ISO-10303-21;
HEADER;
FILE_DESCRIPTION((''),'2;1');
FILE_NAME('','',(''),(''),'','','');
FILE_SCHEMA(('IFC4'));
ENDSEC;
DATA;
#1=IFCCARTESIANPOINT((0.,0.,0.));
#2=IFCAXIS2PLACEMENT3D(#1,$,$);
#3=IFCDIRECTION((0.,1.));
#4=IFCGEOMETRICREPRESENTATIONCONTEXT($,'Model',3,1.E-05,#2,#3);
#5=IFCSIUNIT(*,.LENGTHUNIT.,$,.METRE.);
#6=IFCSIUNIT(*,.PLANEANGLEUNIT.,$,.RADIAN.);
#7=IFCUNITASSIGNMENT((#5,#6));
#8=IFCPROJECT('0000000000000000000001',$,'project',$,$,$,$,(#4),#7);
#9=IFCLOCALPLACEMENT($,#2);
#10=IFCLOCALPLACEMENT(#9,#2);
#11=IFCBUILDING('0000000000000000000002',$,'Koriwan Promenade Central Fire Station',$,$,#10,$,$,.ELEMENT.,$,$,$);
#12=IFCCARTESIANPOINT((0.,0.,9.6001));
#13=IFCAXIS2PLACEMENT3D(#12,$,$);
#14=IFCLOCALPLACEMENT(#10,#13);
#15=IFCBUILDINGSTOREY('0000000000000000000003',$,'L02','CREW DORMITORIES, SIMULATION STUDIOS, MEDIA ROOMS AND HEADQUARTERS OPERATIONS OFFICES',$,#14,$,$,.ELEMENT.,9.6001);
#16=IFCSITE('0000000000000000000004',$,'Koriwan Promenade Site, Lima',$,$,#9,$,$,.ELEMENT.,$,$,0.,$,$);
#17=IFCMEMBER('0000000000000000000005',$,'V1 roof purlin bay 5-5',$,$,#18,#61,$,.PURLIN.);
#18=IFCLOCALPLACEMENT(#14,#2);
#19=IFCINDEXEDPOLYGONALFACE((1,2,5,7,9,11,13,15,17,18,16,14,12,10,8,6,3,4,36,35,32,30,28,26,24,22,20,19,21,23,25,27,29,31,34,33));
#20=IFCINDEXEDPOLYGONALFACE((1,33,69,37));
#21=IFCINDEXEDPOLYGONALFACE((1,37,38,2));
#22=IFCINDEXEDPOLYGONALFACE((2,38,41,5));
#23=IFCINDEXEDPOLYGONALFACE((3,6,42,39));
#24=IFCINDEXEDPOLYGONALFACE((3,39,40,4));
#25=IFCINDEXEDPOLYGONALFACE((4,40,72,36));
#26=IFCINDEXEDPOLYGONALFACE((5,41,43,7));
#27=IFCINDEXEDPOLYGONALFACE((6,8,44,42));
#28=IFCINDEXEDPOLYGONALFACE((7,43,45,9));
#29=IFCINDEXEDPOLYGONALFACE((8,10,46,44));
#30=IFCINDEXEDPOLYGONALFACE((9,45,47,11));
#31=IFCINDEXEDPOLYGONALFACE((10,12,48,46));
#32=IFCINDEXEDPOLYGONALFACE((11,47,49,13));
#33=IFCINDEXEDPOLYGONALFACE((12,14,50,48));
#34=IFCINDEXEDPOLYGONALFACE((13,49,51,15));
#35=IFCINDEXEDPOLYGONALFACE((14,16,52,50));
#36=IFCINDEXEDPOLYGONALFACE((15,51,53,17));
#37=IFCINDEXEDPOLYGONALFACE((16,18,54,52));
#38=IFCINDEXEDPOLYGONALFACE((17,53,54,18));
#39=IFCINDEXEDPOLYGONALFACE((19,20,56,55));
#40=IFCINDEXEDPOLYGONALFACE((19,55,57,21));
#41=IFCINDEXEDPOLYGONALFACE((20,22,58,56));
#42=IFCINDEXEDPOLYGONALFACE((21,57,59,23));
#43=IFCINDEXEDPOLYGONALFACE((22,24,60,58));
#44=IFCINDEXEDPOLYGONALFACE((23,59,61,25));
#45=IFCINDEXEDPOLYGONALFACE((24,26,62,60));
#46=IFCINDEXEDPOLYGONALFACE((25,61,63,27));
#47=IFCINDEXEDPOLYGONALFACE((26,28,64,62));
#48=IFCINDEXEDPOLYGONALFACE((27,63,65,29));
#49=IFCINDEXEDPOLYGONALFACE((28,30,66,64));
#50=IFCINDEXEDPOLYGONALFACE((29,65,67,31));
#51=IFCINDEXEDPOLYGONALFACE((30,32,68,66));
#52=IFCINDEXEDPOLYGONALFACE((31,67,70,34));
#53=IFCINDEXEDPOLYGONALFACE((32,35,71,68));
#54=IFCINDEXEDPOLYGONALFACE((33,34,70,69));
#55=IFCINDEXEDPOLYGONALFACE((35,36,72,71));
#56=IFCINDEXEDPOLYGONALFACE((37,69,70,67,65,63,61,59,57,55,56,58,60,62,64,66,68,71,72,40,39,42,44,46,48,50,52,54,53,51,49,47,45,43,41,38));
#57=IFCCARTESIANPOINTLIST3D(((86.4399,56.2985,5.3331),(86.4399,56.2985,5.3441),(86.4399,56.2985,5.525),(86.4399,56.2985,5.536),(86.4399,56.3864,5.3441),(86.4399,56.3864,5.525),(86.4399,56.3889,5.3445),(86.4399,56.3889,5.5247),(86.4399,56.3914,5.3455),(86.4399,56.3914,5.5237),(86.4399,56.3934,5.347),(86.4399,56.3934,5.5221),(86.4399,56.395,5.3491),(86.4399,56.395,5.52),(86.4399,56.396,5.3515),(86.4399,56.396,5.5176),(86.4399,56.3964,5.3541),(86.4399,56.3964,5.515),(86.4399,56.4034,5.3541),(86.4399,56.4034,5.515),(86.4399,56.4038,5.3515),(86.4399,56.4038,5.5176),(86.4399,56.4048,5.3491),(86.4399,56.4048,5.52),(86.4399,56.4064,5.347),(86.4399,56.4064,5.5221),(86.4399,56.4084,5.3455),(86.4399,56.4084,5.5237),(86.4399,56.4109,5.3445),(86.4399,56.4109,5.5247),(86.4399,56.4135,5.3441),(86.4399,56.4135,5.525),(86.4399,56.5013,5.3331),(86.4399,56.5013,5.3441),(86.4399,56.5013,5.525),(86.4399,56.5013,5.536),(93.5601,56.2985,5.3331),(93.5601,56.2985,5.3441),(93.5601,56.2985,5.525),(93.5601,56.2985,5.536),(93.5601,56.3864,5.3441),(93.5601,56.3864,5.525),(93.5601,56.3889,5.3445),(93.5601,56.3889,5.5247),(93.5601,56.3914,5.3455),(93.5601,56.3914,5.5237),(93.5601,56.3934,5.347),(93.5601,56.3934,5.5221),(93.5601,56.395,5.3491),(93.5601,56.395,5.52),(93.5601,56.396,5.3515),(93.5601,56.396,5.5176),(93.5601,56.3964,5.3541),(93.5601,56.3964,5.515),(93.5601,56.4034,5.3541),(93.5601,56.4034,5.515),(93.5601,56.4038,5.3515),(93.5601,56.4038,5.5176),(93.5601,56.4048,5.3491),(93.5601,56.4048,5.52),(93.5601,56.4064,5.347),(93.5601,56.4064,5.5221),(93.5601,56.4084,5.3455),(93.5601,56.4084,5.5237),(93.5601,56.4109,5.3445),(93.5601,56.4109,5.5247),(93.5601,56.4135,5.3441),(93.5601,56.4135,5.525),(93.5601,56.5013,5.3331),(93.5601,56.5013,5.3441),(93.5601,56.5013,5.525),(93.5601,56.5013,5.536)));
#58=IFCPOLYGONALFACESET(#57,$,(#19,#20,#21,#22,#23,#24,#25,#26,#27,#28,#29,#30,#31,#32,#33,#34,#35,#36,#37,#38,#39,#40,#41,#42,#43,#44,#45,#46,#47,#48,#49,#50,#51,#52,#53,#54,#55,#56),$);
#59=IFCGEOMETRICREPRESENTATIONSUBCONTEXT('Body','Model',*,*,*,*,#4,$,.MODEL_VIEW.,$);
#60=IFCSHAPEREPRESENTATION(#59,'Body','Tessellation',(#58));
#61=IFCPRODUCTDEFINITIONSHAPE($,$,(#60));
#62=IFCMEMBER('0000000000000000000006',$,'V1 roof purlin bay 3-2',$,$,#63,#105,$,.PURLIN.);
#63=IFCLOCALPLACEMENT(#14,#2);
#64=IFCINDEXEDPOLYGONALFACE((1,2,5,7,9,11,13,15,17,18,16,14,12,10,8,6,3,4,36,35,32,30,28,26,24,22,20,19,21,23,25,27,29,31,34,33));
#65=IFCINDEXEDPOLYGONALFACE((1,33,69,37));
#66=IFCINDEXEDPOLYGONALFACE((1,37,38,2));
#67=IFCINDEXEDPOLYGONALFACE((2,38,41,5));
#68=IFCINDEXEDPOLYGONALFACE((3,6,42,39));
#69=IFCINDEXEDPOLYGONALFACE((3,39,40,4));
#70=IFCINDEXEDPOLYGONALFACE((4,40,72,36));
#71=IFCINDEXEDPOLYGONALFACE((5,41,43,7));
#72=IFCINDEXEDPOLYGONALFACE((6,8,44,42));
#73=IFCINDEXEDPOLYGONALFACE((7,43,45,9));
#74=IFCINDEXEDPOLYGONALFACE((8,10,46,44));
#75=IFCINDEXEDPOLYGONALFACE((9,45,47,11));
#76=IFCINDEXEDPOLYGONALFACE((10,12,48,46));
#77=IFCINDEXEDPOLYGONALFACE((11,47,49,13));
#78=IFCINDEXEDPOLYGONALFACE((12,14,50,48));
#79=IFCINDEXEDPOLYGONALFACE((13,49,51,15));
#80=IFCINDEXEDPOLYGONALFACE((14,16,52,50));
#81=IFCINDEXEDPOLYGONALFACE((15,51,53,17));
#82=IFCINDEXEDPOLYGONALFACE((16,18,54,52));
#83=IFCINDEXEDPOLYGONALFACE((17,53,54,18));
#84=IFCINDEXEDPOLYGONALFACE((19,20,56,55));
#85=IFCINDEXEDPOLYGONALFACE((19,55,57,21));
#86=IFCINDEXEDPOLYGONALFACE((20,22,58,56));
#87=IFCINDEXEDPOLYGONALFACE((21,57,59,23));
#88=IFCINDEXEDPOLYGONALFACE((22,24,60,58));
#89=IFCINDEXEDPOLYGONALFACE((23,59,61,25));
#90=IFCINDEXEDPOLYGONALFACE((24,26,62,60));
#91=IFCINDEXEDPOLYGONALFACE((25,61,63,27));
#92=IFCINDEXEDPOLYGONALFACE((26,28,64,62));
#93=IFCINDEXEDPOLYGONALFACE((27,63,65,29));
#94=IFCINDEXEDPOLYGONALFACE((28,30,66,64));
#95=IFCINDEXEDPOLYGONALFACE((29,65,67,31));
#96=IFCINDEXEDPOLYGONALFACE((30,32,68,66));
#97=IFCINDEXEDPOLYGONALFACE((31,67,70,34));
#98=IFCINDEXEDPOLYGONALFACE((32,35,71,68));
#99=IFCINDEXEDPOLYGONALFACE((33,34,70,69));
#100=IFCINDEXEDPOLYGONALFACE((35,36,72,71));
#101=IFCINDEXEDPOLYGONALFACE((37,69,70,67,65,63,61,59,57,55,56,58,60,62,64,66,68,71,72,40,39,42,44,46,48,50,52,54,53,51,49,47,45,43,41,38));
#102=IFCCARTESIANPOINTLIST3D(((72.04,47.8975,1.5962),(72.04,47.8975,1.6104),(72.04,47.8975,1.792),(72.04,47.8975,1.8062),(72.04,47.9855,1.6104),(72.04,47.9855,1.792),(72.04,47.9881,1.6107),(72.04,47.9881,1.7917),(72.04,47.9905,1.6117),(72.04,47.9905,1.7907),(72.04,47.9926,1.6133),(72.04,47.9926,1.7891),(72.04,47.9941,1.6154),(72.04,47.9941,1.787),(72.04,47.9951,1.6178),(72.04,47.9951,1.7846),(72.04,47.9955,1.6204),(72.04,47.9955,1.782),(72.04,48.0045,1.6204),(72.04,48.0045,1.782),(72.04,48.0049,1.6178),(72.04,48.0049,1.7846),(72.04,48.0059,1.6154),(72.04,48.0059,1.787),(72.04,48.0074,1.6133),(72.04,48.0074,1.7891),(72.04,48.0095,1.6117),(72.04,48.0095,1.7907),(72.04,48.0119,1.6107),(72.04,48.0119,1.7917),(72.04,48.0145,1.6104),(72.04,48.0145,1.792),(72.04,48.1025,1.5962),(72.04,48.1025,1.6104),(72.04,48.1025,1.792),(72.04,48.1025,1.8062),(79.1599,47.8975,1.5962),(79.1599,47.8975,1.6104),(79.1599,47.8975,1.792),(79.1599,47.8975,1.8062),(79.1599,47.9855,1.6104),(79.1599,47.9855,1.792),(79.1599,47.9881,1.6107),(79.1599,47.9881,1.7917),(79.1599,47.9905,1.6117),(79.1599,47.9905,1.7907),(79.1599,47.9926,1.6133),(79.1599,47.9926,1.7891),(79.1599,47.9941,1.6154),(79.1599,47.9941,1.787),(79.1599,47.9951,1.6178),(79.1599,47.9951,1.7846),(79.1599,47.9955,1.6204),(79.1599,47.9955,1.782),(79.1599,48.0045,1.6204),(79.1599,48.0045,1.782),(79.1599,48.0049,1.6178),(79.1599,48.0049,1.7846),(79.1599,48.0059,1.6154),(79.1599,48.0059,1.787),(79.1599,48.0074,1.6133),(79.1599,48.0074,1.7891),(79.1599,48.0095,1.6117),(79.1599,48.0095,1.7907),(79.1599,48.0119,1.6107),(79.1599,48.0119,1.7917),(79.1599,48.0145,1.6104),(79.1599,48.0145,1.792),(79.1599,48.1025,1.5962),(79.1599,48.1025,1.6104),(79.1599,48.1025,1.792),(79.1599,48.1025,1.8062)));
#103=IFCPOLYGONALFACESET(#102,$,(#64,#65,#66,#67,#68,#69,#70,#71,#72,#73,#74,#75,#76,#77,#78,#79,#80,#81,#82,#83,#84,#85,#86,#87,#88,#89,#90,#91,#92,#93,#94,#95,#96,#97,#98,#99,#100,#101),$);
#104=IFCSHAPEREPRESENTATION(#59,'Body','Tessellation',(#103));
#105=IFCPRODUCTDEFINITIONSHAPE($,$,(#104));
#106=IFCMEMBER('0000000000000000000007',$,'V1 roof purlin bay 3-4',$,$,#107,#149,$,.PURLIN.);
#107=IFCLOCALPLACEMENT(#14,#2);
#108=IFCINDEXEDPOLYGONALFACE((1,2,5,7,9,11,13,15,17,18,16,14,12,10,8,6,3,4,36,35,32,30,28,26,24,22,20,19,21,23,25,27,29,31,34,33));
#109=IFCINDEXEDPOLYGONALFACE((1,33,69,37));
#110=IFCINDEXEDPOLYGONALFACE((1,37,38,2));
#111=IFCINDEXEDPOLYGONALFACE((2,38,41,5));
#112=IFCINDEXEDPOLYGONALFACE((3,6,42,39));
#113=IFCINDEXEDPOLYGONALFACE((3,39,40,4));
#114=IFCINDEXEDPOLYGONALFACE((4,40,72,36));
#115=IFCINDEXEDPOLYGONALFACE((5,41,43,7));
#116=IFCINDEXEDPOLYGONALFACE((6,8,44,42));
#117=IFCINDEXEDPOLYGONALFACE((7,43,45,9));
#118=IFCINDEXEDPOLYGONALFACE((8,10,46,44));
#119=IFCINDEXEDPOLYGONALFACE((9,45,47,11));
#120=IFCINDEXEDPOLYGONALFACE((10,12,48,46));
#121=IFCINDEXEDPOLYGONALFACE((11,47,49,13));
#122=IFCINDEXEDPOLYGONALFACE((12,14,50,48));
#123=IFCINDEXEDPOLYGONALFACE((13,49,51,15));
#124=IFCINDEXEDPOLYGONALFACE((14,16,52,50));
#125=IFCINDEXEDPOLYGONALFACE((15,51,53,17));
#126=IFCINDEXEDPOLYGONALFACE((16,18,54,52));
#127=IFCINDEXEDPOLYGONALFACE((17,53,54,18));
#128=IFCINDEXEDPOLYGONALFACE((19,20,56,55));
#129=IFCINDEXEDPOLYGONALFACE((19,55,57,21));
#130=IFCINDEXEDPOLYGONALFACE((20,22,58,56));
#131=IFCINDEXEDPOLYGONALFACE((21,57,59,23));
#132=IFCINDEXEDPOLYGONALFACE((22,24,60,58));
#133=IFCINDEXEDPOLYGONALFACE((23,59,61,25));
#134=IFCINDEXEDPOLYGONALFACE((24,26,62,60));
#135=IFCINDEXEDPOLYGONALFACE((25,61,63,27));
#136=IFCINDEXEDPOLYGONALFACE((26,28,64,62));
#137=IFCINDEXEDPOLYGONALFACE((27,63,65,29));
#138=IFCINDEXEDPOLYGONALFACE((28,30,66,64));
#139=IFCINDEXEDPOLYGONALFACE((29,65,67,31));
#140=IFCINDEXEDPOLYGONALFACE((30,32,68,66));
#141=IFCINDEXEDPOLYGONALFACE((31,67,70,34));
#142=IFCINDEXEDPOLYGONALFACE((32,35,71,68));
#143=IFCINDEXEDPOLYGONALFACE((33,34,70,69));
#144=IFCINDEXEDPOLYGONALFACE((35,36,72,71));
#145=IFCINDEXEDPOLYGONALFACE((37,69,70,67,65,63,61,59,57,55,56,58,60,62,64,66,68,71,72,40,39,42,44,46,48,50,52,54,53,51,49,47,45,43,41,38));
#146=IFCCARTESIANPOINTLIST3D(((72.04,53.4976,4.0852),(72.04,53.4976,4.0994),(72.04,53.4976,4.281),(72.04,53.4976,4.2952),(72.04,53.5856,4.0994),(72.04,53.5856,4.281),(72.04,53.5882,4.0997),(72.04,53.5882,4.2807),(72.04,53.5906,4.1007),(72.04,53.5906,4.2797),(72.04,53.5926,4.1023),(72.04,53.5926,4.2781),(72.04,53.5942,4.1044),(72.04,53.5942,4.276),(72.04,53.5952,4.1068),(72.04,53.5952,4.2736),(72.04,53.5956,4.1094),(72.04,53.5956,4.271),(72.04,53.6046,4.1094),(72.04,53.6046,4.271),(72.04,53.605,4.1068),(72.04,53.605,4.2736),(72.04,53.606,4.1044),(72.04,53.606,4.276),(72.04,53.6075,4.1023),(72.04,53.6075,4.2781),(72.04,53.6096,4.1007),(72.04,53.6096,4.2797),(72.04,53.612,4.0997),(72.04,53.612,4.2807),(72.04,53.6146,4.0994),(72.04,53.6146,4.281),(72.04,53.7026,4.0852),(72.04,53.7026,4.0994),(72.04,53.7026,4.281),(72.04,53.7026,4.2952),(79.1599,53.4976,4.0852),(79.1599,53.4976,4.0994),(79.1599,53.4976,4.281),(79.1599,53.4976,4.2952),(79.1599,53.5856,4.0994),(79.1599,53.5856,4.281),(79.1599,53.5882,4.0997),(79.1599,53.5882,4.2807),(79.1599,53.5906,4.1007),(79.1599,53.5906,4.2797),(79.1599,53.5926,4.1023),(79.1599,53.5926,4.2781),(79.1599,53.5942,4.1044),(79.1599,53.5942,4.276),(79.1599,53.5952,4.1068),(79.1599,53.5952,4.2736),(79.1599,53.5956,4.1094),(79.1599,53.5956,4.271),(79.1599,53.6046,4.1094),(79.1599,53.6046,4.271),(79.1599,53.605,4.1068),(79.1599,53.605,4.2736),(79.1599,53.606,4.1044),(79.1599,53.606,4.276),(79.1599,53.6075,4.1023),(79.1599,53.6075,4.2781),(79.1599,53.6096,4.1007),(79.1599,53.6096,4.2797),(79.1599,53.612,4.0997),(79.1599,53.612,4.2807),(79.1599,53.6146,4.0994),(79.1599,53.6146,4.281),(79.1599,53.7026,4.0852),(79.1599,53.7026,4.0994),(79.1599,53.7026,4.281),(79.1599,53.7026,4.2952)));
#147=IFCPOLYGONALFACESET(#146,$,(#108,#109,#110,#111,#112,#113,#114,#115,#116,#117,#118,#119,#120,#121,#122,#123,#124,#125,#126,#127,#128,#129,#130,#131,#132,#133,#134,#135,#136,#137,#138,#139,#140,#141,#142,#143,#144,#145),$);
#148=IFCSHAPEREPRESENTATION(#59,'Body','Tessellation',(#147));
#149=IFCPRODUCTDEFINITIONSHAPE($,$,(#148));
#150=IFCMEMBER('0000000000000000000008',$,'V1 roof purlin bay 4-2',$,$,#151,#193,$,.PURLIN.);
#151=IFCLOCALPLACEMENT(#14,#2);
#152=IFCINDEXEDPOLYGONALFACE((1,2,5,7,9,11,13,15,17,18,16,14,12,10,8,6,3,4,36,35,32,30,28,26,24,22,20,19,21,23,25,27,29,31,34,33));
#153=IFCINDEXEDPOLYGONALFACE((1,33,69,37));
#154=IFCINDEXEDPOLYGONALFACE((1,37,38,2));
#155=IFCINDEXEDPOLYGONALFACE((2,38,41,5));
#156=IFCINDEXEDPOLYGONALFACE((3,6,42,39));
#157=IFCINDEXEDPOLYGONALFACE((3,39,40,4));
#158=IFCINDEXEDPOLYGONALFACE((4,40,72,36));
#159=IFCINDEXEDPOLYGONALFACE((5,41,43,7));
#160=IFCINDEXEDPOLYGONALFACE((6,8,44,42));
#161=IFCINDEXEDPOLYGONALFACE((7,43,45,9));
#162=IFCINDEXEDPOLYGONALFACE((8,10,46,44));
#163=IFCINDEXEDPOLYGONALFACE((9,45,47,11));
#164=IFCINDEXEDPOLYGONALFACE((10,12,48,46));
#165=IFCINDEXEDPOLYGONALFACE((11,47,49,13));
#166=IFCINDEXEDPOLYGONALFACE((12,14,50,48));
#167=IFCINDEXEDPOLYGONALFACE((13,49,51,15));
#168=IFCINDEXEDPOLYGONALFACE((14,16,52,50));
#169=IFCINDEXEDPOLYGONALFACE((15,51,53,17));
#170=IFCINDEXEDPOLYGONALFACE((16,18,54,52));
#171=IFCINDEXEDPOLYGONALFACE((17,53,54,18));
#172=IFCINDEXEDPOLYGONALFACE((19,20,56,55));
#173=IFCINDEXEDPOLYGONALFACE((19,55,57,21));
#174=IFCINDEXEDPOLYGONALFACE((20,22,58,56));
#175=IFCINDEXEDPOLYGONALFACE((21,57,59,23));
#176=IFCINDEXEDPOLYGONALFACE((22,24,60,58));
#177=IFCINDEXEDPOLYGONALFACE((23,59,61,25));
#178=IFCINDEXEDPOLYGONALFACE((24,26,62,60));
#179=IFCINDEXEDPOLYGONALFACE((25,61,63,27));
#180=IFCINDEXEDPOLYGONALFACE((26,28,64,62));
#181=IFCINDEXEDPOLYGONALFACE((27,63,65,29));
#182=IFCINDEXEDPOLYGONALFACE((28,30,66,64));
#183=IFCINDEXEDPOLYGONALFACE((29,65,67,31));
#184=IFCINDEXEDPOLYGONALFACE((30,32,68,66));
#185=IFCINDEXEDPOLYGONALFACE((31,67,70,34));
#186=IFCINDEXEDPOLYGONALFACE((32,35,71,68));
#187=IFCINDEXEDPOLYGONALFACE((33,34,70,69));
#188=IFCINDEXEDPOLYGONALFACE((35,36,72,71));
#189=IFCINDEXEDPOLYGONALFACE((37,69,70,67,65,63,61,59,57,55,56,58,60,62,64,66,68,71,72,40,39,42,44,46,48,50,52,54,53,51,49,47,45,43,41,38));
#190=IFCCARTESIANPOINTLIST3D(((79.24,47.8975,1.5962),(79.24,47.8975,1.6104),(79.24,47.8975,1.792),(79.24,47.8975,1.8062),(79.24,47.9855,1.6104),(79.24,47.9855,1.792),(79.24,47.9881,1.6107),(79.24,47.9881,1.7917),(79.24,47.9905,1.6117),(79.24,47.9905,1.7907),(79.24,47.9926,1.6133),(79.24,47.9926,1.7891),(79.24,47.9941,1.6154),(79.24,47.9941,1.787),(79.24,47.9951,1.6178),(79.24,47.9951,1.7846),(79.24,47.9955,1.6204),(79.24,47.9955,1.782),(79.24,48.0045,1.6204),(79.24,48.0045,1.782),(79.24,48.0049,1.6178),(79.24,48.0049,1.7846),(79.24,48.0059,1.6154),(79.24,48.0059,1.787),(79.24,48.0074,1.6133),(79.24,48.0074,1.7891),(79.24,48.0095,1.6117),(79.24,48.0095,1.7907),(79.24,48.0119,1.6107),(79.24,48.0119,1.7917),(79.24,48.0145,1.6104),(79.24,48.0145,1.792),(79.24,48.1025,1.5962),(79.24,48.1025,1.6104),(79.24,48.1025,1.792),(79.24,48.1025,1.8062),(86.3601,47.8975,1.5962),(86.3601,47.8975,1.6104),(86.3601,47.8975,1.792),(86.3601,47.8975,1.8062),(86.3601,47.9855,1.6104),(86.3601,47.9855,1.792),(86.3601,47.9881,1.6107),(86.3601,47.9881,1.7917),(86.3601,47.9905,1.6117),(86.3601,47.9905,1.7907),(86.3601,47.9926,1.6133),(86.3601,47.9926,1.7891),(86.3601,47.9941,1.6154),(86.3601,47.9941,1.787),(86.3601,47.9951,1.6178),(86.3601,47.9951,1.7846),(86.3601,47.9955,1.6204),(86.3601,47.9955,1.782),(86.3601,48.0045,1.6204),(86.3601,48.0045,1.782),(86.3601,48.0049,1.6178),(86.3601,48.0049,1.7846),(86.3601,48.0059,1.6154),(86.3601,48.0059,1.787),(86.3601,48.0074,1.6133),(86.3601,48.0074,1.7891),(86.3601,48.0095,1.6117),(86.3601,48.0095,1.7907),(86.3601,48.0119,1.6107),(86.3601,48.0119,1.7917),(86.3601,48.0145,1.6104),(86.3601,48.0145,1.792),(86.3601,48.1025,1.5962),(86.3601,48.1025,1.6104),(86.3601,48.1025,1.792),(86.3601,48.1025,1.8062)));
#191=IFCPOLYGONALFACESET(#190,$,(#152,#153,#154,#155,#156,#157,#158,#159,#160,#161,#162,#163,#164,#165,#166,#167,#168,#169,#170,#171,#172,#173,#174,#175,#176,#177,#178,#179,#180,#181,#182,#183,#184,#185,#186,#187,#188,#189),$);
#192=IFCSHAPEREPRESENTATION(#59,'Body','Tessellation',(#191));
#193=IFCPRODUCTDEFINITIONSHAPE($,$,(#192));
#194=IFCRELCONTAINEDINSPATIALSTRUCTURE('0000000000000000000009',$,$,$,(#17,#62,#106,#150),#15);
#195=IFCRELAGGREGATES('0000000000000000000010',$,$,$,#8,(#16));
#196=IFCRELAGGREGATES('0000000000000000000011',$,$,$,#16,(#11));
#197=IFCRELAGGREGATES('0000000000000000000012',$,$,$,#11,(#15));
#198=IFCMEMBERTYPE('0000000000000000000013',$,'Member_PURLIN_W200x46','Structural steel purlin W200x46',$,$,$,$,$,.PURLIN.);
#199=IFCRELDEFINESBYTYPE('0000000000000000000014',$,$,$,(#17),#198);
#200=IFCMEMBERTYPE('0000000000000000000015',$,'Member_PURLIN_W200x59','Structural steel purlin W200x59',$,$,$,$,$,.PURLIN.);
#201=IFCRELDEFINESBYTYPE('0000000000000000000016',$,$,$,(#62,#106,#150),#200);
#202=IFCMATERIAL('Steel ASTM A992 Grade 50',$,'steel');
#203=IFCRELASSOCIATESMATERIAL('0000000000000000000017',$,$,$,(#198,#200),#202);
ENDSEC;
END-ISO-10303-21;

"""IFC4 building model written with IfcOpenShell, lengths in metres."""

from ifc_helpers import new_model, si_unit, direction, frame, origin, origin_2d, place, context, subcontext, project, spatial, i_section, extrude, material, material_profile, profile_set, type_object, element, save


model = new_model("IFC4")

# Units and contexts
model_context = context("Model", 3, precision=1e-05, world=origin(), true_north=direction((0.0, 1.0)))
body_context = subcontext(model_context, "Body", "Model", "MODEL_VIEW")
ifc_project = project(units=[si_unit("LENGTHUNIT", "METRE"), si_unit("PLANEANGLEUNIT", "RADIAN")], contexts=[model_context])

# Site, building, storey
site_placement = place(None, origin())
site = spatial("IfcSite", under=ifc_project, at=site_placement, Name="Koriwan Promenade Site, Lima", CompositionType="ELEMENT", RefElevation=0.0)
building_placement = place(site_placement, origin())
building = spatial("IfcBuilding", under=site, at=building_placement, Name="Koriwan Promenade Central Fire Station", CompositionType="ELEMENT")
storey_placement = place(building_placement, frame((0.0, 0.0, 9.6001)))
storey = spatial("IfcBuildingStorey", under=building, at=storey_placement, Name="L02", Description="CREW DORMITORIES, SIMULATION STUDIOS, MEDIA ROOMS AND HEADQUARTERS OPERATIONS OFFICES", CompositionType="ELEMENT", Elevation=9.6001)

# Members
ifc_material_1 = material(Name="Steel ASTM A992 Grade 50", Category="steel")
ifc_material_profile_1 = material_profile(ifc_material_1, i_section(OverallWidth=0.2029, OverallDepth=0.2029, WebThickness=0.0071, FlangeThickness=0.011, FilletRadius=0.01, at=origin_2d()), Name="W200x46")
ifc_profile_set_1 = profile_set([ifc_material_profile_1], Name="Steel ASTM A992 Grade 50")
member_type_1 = type_object("IfcMemberType", Name="Member_PURLIN_W200x46", Description="Structural steel purlin W200x46", PredefinedType="PURLIN", material=ifc_profile_set_1)
for number, where, z_axis, x_axis, name in (
    (1, (86.4399, 56.3999, 5.4346), (1.0, 0.0, 0.0), (0.0, 1.0, 0.0), "V1 roof purlin bay 5-5"),
):
    element("IfcMember", number, at=place(storey_placement, frame(where, z_axis=z_axis, x_axis=x_axis)), inside=storey, type_object=member_type_1, Name=name, PredefinedType="PURLIN", context=body_context, shape_type="SweptSolid", body=[
        extrude(i_section(OverallWidth=0.2029, OverallDepth=0.2029, WebThickness=0.0071, FlangeThickness=0.011, FilletRadius=0.01, at=origin_2d()), origin(), (0.0, 0.0, 1.0), 7.1201),
    ])
ifc_material_profile_2 = material_profile(ifc_material_1, i_section(OverallWidth=0.2051, OverallDepth=0.21, WebThickness=0.009, FlangeThickness=0.0142, FilletRadius=0.01, at=origin_2d()), Name="W200x59")
ifc_profile_set_2 = profile_set([ifc_material_profile_2], Name="Steel ASTM A992 Grade 50")
member_type_2 = type_object("IfcMemberType", Name="Member_PURLIN_W200x59", Description="Structural steel purlin W200x59", PredefinedType="PURLIN", material=ifc_profile_set_2)
for number, where, z_axis, x_axis, name in (
    (2, (72.04, 48.0, 1.7012), (1.0, 0.0, 0.0), (0.0, 1.0, 0.0), "V1 roof purlin bay 3-2"),
    (3, (72.04, 53.6001, 4.1902), (1.0, 0.0, 0.0), (0.0, 1.0, 0.0), "V1 roof purlin bay 3-4"),
):
    element("IfcMember", number, at=place(storey_placement, frame(where, z_axis=z_axis, x_axis=x_axis)), inside=storey, type_object=member_type_2, Name=name, PredefinedType="PURLIN", context=body_context, shape_type="SweptSolid", body=[
        extrude(i_section(OverallWidth=0.2051, OverallDepth=0.21, WebThickness=0.009, FlangeThickness=0.0142, FilletRadius=0.01, at=origin_2d()), origin(), (0.0, 0.0, 1.0), 7.1199),
    ])
for number, where, z_axis, x_axis, name in (
    (4, (79.24, 48.0, 1.7012), (1.0, 0.0, 0.0), (0.0, 1.0, 0.0), "V1 roof purlin bay 4-2"),
):
    element("IfcMember", number, at=place(storey_placement, frame(where, z_axis=z_axis, x_axis=x_axis)), inside=storey, type_object=member_type_2, Name=name, PredefinedType="PURLIN", context=body_context, shape_type="SweptSolid", body=[
        extrude(i_section(OverallWidth=0.2051, OverallDepth=0.21, WebThickness=0.009, FlangeThickness=0.0142, FilletRadius=0.01, at=origin_2d()), origin(), (0.0, 0.0, 1.0), 7.1201),
    ])

save(model, "model.ifc")
